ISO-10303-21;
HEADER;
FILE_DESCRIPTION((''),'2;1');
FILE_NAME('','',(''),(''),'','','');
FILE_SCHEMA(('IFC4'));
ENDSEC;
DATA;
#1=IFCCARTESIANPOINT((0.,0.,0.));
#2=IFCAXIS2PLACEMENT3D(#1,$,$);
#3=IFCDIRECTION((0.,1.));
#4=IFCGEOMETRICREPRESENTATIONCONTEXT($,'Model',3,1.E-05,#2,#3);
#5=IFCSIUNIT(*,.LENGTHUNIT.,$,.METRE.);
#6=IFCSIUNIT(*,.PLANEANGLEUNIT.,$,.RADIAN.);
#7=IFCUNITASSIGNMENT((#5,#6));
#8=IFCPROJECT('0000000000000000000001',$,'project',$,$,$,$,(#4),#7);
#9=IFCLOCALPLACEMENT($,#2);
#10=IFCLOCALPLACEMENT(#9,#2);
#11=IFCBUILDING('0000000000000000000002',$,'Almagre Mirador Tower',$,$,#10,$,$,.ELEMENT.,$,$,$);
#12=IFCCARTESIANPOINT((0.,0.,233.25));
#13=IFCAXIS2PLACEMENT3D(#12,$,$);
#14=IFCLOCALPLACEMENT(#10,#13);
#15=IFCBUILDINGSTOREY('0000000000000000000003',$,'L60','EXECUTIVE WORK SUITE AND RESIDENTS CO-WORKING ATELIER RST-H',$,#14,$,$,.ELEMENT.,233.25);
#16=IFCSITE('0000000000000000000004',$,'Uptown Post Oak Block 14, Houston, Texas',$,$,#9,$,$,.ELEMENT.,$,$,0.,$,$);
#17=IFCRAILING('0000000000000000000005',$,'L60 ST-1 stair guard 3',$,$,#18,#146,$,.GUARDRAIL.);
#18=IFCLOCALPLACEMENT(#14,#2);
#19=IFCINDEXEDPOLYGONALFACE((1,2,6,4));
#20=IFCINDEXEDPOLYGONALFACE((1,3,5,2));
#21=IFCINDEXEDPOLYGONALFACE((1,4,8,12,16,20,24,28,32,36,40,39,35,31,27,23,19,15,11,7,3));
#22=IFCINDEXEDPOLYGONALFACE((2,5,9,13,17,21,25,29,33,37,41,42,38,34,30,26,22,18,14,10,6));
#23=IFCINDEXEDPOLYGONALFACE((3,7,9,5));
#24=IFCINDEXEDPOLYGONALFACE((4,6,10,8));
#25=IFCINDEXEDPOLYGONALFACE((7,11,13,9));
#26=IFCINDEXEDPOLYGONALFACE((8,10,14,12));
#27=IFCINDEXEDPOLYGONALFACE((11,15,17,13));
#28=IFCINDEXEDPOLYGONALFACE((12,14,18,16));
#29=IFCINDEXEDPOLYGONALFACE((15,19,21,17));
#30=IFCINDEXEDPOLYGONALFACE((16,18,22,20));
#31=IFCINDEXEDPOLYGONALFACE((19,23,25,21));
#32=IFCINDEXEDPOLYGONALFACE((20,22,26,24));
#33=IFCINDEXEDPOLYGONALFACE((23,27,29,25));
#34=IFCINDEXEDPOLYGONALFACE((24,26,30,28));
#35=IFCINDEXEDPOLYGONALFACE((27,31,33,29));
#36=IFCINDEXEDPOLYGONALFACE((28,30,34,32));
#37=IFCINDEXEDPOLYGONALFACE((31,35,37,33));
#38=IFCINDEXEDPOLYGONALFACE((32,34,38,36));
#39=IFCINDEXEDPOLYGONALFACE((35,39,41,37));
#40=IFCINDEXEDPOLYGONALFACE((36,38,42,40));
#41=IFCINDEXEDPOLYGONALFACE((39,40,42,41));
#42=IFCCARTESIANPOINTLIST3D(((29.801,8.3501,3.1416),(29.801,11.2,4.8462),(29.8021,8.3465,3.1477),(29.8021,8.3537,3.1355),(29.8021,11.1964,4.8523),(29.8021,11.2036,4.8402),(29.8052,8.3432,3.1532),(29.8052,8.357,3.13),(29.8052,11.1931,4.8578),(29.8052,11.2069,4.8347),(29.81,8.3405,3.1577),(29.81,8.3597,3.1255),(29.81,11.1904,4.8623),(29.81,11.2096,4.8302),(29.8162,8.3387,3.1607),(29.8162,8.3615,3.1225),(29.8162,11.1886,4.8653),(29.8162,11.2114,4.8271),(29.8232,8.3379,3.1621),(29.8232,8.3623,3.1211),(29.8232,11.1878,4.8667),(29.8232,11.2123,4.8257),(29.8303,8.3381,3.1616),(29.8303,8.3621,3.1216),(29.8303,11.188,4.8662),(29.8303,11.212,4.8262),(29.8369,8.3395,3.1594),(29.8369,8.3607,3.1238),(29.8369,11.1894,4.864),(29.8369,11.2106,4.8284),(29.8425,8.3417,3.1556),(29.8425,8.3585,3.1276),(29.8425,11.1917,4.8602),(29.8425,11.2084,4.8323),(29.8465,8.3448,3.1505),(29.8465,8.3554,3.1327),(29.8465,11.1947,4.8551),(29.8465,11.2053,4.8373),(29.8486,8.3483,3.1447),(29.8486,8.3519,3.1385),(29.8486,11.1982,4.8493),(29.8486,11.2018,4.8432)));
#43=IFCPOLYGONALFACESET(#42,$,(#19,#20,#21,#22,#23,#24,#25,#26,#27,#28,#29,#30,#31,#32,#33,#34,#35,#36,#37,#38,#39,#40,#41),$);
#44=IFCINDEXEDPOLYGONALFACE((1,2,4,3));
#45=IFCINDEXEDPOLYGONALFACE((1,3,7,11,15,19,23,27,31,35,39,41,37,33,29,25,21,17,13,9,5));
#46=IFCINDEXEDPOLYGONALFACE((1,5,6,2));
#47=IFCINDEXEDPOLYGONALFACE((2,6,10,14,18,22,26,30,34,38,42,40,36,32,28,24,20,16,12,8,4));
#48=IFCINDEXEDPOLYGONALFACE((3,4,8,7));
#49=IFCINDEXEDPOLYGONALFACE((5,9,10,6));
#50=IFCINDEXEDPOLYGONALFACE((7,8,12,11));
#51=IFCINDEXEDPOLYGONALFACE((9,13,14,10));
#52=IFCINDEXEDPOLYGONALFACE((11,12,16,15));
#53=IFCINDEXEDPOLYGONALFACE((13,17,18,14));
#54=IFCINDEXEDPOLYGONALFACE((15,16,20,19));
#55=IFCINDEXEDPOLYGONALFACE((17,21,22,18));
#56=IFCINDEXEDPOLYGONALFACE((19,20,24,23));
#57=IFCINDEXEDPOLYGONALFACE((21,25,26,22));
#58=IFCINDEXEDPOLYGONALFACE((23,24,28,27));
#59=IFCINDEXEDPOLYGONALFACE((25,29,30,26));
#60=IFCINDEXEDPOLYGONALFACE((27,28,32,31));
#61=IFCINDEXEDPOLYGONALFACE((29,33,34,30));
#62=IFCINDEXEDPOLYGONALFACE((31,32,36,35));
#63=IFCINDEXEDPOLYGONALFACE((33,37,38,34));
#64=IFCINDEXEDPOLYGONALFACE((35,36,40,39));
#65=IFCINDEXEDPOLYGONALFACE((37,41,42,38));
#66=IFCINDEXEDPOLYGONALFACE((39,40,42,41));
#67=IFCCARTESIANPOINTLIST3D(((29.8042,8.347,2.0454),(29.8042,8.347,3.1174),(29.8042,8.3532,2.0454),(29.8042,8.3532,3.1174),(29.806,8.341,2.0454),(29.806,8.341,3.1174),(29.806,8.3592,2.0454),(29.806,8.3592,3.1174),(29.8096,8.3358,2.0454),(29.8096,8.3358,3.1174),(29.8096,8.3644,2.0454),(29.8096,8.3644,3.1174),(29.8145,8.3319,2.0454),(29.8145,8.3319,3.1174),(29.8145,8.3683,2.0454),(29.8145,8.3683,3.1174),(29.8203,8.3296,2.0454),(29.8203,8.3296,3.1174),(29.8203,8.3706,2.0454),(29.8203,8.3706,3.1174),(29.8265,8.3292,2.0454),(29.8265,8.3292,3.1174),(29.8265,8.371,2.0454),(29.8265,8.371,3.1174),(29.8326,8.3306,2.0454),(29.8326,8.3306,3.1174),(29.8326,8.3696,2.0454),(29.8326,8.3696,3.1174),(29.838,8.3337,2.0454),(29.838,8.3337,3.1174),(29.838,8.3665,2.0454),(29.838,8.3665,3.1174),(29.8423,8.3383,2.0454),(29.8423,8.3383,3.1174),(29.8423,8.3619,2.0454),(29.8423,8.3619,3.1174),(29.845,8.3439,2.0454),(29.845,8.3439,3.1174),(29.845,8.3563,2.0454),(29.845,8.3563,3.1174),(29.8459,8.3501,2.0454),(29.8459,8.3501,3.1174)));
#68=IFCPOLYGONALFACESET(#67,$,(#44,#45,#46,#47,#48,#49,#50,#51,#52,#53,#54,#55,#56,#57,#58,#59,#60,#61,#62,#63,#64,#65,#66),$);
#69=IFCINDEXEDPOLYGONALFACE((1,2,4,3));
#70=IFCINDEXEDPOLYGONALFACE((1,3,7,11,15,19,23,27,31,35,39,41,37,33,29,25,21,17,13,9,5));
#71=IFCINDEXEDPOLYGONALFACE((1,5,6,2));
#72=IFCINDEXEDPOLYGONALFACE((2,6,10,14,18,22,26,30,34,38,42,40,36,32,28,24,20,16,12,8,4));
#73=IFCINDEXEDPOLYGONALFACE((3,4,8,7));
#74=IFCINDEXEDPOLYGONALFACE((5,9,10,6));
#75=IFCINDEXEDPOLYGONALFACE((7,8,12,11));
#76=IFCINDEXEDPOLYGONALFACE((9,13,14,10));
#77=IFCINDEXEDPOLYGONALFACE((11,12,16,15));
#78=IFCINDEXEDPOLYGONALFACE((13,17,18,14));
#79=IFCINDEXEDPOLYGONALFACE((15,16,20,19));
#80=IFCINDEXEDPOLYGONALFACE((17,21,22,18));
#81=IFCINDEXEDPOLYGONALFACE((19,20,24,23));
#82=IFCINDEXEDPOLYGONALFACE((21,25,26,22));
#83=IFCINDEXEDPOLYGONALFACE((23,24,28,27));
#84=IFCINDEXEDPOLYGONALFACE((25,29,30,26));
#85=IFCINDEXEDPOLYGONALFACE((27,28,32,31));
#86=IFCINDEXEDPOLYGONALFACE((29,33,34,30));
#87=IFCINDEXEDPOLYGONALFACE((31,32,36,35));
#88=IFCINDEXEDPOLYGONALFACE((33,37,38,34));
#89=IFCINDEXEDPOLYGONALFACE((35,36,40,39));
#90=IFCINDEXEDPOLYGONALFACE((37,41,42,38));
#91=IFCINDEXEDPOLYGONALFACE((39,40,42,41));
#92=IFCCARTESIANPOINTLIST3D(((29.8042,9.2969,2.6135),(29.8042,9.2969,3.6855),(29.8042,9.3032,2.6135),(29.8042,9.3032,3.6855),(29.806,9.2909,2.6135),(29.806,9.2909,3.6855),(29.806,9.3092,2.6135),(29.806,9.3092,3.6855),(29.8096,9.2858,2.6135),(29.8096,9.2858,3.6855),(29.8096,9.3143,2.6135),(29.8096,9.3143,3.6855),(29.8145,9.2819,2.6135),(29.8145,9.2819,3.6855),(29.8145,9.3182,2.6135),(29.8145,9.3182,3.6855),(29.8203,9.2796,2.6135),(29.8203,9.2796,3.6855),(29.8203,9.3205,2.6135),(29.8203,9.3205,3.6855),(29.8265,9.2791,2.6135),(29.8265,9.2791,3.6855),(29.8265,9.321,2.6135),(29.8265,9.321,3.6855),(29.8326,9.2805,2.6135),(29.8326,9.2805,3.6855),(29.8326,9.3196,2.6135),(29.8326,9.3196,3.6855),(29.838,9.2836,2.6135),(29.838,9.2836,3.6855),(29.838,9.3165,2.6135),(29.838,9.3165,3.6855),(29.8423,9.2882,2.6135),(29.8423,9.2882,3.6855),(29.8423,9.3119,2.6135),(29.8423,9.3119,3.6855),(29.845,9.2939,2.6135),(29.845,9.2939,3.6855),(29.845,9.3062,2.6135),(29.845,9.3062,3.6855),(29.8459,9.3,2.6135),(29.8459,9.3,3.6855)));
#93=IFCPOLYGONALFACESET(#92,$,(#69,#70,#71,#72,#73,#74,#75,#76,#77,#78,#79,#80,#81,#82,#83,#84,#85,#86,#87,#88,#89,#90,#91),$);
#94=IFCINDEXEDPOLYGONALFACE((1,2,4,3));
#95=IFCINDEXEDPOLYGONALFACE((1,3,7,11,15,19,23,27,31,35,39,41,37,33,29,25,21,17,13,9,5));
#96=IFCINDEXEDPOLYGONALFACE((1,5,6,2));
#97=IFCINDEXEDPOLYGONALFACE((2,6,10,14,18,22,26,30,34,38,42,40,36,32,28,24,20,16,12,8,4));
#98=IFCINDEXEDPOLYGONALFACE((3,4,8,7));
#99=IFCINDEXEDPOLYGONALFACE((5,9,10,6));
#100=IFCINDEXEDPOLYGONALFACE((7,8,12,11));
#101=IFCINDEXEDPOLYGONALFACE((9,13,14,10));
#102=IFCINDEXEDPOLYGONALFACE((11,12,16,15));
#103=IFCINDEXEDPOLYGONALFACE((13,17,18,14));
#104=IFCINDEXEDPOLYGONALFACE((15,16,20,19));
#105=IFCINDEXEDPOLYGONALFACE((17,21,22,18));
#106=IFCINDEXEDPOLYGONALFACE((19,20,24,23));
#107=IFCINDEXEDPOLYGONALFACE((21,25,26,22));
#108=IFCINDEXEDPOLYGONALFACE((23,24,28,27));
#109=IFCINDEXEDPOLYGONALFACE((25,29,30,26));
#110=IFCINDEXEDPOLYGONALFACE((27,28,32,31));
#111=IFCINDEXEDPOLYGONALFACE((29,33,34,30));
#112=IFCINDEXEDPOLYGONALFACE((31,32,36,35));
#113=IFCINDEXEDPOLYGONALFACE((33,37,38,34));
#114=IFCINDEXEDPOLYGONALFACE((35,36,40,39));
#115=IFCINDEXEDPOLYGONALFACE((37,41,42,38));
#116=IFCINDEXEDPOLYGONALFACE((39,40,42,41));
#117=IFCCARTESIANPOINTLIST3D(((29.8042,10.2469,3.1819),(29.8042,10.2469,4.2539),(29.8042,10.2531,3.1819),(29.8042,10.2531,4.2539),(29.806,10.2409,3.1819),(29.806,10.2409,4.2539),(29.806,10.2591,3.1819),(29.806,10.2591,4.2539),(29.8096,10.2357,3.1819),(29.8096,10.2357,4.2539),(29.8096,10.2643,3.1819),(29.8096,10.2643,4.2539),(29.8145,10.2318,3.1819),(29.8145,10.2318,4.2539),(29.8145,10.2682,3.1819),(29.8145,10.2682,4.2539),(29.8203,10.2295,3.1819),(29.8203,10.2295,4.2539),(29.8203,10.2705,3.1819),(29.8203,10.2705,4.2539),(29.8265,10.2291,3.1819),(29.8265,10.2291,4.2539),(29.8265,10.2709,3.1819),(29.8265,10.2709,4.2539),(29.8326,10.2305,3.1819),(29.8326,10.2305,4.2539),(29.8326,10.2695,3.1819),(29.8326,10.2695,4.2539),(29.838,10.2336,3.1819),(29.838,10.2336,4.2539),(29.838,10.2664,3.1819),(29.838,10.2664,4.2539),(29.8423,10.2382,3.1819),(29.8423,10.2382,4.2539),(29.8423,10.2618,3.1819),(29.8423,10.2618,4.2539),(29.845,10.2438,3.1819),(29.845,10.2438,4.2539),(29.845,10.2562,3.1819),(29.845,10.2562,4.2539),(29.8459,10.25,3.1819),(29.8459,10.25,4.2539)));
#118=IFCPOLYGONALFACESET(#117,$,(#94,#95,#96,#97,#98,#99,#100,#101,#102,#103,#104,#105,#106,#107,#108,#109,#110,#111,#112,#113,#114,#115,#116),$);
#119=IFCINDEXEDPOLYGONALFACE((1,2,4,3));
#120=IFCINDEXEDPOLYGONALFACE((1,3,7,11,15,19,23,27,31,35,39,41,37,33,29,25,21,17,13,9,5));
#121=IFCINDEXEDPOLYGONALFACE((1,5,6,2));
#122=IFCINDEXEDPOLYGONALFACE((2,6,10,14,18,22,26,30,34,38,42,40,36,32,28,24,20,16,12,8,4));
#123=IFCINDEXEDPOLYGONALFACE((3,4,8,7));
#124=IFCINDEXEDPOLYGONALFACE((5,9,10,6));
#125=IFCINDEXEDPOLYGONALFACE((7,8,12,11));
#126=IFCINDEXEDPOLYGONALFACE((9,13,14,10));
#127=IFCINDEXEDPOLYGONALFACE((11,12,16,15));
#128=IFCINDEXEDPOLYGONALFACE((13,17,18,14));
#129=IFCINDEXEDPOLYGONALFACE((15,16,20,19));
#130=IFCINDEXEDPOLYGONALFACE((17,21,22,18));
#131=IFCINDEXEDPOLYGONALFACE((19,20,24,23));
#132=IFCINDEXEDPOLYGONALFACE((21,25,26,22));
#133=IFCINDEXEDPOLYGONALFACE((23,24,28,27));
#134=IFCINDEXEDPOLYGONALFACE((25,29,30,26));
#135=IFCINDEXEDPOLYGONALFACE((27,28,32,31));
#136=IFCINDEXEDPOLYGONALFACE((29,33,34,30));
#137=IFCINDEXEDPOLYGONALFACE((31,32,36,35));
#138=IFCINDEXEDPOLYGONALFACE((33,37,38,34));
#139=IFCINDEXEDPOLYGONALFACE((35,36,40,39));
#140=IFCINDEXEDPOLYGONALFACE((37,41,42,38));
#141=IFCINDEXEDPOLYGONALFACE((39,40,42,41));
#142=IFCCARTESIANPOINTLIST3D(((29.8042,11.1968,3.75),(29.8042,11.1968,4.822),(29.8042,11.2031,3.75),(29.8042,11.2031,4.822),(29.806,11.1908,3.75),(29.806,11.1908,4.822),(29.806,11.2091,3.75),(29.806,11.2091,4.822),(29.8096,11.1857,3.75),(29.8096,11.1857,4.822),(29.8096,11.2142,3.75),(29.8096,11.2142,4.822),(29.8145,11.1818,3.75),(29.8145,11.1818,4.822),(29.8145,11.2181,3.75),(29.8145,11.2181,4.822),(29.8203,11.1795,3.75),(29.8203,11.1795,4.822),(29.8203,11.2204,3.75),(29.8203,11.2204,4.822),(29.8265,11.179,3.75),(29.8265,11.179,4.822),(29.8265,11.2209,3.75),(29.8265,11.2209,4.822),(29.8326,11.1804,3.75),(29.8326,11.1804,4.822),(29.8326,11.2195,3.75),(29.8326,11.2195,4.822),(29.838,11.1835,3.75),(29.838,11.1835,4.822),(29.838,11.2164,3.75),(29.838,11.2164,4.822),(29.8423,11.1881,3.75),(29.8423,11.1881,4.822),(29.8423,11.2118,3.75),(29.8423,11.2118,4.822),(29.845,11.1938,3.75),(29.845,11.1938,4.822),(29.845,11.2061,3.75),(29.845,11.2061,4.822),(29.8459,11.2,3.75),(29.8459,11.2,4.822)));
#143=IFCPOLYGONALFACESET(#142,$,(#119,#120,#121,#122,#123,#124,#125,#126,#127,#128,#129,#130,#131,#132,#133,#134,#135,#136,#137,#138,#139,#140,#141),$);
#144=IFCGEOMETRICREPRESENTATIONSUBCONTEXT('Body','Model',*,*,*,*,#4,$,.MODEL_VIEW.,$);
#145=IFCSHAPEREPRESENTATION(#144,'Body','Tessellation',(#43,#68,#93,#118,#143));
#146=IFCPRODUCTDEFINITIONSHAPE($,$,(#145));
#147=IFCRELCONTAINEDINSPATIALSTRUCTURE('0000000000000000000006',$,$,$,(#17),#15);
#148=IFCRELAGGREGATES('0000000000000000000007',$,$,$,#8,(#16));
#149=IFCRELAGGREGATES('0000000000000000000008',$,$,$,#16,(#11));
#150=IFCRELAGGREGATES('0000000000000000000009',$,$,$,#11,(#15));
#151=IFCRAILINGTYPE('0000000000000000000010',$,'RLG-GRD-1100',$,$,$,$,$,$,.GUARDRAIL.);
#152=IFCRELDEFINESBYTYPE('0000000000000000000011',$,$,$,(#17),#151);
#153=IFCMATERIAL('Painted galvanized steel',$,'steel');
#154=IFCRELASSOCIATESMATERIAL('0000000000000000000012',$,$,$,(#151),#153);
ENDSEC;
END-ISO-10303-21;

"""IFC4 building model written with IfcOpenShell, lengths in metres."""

from ifc_helpers import new_model, si_unit, direction, frame, origin, origin_2d, place, context, subcontext, project, spatial, circle, extrude, material, type_object, element, save


model = new_model("IFC4")

# Units and contexts
model_context = context("Model", 3, precision=1e-05, world=origin(), true_north=direction((0.0, 1.0)))
body_context = subcontext(model_context, "Body", "Model", "MODEL_VIEW")
ifc_project = project(units=[si_unit("LENGTHUNIT", "METRE"), si_unit("PLANEANGLEUNIT", "RADIAN")], contexts=[model_context])

# Site, building, storey
site_placement = place(None, origin())
site = spatial("IfcSite", under=ifc_project, at=site_placement, Name="Uptown Post Oak Block 14, Houston, Texas", CompositionType="ELEMENT", RefElevation=0.0)
building_placement = place(site_placement, origin())
building = spatial("IfcBuilding", under=site, at=building_placement, Name="Almagre Mirador Tower", CompositionType="ELEMENT")
storey_placement = place(building_placement, frame((0.0, 0.0, 233.25)))
storey = spatial("IfcBuildingStorey", under=building, at=storey_placement, Name="L60", Description="EXECUTIVE WORK SUITE AND RESIDENTS CO-WORKING ATELIER RST-H", CompositionType="ELEMENT", Elevation=233.25)

# Railing
ifc_material_1 = material(Name="Painted galvanized steel", Category="steel")
railing_type_1 = type_object("IfcRailingType", Name="RLG-GRD-1100", PredefinedType="GUARDRAIL", material=ifc_material_1)
railing_1_placement = place(storey_placement, frame((29.825, 8.3501, 2.0454)))
element("IfcRailing", 1, at=railing_1_placement, inside=storey, type_object=railing_type_1, Name="L60 ST-1 stair guard 3", PredefinedType="GUARDRAIL", context=body_context, shape_type="SweptSolid", body=[
    extrude(circle(Radius=0.0239, at=origin_2d()), frame((0.0, 0.0, 1.0962), z_axis=(0.0, 0.858199, 0.513317), x_axis=(-1.0, 0.0, 0.0)), (0.0, 0.0, 1.0), 3.3208),
    extrude(circle(Radius=0.021, at=origin_2d()), origin(), (0.0, 0.0, 1.0), 1.072),
    extrude(circle(Radius=0.021, at=origin_2d()), frame((0.0, 0.95, 0.5681)), (0.0, 0.0, 1.0), 1.072),
    extrude(circle(Radius=0.021, at=origin_2d()), frame((0.0, 1.8999, 1.1365)), (0.0, 0.0, 1.0), 1.072),
    extrude(circle(Radius=0.021, at=origin_2d()), frame((0.0, 2.8499, 1.7046)), (0.0, 0.0, 1.0), 1.072),
])

save(model, "model.ifc")
